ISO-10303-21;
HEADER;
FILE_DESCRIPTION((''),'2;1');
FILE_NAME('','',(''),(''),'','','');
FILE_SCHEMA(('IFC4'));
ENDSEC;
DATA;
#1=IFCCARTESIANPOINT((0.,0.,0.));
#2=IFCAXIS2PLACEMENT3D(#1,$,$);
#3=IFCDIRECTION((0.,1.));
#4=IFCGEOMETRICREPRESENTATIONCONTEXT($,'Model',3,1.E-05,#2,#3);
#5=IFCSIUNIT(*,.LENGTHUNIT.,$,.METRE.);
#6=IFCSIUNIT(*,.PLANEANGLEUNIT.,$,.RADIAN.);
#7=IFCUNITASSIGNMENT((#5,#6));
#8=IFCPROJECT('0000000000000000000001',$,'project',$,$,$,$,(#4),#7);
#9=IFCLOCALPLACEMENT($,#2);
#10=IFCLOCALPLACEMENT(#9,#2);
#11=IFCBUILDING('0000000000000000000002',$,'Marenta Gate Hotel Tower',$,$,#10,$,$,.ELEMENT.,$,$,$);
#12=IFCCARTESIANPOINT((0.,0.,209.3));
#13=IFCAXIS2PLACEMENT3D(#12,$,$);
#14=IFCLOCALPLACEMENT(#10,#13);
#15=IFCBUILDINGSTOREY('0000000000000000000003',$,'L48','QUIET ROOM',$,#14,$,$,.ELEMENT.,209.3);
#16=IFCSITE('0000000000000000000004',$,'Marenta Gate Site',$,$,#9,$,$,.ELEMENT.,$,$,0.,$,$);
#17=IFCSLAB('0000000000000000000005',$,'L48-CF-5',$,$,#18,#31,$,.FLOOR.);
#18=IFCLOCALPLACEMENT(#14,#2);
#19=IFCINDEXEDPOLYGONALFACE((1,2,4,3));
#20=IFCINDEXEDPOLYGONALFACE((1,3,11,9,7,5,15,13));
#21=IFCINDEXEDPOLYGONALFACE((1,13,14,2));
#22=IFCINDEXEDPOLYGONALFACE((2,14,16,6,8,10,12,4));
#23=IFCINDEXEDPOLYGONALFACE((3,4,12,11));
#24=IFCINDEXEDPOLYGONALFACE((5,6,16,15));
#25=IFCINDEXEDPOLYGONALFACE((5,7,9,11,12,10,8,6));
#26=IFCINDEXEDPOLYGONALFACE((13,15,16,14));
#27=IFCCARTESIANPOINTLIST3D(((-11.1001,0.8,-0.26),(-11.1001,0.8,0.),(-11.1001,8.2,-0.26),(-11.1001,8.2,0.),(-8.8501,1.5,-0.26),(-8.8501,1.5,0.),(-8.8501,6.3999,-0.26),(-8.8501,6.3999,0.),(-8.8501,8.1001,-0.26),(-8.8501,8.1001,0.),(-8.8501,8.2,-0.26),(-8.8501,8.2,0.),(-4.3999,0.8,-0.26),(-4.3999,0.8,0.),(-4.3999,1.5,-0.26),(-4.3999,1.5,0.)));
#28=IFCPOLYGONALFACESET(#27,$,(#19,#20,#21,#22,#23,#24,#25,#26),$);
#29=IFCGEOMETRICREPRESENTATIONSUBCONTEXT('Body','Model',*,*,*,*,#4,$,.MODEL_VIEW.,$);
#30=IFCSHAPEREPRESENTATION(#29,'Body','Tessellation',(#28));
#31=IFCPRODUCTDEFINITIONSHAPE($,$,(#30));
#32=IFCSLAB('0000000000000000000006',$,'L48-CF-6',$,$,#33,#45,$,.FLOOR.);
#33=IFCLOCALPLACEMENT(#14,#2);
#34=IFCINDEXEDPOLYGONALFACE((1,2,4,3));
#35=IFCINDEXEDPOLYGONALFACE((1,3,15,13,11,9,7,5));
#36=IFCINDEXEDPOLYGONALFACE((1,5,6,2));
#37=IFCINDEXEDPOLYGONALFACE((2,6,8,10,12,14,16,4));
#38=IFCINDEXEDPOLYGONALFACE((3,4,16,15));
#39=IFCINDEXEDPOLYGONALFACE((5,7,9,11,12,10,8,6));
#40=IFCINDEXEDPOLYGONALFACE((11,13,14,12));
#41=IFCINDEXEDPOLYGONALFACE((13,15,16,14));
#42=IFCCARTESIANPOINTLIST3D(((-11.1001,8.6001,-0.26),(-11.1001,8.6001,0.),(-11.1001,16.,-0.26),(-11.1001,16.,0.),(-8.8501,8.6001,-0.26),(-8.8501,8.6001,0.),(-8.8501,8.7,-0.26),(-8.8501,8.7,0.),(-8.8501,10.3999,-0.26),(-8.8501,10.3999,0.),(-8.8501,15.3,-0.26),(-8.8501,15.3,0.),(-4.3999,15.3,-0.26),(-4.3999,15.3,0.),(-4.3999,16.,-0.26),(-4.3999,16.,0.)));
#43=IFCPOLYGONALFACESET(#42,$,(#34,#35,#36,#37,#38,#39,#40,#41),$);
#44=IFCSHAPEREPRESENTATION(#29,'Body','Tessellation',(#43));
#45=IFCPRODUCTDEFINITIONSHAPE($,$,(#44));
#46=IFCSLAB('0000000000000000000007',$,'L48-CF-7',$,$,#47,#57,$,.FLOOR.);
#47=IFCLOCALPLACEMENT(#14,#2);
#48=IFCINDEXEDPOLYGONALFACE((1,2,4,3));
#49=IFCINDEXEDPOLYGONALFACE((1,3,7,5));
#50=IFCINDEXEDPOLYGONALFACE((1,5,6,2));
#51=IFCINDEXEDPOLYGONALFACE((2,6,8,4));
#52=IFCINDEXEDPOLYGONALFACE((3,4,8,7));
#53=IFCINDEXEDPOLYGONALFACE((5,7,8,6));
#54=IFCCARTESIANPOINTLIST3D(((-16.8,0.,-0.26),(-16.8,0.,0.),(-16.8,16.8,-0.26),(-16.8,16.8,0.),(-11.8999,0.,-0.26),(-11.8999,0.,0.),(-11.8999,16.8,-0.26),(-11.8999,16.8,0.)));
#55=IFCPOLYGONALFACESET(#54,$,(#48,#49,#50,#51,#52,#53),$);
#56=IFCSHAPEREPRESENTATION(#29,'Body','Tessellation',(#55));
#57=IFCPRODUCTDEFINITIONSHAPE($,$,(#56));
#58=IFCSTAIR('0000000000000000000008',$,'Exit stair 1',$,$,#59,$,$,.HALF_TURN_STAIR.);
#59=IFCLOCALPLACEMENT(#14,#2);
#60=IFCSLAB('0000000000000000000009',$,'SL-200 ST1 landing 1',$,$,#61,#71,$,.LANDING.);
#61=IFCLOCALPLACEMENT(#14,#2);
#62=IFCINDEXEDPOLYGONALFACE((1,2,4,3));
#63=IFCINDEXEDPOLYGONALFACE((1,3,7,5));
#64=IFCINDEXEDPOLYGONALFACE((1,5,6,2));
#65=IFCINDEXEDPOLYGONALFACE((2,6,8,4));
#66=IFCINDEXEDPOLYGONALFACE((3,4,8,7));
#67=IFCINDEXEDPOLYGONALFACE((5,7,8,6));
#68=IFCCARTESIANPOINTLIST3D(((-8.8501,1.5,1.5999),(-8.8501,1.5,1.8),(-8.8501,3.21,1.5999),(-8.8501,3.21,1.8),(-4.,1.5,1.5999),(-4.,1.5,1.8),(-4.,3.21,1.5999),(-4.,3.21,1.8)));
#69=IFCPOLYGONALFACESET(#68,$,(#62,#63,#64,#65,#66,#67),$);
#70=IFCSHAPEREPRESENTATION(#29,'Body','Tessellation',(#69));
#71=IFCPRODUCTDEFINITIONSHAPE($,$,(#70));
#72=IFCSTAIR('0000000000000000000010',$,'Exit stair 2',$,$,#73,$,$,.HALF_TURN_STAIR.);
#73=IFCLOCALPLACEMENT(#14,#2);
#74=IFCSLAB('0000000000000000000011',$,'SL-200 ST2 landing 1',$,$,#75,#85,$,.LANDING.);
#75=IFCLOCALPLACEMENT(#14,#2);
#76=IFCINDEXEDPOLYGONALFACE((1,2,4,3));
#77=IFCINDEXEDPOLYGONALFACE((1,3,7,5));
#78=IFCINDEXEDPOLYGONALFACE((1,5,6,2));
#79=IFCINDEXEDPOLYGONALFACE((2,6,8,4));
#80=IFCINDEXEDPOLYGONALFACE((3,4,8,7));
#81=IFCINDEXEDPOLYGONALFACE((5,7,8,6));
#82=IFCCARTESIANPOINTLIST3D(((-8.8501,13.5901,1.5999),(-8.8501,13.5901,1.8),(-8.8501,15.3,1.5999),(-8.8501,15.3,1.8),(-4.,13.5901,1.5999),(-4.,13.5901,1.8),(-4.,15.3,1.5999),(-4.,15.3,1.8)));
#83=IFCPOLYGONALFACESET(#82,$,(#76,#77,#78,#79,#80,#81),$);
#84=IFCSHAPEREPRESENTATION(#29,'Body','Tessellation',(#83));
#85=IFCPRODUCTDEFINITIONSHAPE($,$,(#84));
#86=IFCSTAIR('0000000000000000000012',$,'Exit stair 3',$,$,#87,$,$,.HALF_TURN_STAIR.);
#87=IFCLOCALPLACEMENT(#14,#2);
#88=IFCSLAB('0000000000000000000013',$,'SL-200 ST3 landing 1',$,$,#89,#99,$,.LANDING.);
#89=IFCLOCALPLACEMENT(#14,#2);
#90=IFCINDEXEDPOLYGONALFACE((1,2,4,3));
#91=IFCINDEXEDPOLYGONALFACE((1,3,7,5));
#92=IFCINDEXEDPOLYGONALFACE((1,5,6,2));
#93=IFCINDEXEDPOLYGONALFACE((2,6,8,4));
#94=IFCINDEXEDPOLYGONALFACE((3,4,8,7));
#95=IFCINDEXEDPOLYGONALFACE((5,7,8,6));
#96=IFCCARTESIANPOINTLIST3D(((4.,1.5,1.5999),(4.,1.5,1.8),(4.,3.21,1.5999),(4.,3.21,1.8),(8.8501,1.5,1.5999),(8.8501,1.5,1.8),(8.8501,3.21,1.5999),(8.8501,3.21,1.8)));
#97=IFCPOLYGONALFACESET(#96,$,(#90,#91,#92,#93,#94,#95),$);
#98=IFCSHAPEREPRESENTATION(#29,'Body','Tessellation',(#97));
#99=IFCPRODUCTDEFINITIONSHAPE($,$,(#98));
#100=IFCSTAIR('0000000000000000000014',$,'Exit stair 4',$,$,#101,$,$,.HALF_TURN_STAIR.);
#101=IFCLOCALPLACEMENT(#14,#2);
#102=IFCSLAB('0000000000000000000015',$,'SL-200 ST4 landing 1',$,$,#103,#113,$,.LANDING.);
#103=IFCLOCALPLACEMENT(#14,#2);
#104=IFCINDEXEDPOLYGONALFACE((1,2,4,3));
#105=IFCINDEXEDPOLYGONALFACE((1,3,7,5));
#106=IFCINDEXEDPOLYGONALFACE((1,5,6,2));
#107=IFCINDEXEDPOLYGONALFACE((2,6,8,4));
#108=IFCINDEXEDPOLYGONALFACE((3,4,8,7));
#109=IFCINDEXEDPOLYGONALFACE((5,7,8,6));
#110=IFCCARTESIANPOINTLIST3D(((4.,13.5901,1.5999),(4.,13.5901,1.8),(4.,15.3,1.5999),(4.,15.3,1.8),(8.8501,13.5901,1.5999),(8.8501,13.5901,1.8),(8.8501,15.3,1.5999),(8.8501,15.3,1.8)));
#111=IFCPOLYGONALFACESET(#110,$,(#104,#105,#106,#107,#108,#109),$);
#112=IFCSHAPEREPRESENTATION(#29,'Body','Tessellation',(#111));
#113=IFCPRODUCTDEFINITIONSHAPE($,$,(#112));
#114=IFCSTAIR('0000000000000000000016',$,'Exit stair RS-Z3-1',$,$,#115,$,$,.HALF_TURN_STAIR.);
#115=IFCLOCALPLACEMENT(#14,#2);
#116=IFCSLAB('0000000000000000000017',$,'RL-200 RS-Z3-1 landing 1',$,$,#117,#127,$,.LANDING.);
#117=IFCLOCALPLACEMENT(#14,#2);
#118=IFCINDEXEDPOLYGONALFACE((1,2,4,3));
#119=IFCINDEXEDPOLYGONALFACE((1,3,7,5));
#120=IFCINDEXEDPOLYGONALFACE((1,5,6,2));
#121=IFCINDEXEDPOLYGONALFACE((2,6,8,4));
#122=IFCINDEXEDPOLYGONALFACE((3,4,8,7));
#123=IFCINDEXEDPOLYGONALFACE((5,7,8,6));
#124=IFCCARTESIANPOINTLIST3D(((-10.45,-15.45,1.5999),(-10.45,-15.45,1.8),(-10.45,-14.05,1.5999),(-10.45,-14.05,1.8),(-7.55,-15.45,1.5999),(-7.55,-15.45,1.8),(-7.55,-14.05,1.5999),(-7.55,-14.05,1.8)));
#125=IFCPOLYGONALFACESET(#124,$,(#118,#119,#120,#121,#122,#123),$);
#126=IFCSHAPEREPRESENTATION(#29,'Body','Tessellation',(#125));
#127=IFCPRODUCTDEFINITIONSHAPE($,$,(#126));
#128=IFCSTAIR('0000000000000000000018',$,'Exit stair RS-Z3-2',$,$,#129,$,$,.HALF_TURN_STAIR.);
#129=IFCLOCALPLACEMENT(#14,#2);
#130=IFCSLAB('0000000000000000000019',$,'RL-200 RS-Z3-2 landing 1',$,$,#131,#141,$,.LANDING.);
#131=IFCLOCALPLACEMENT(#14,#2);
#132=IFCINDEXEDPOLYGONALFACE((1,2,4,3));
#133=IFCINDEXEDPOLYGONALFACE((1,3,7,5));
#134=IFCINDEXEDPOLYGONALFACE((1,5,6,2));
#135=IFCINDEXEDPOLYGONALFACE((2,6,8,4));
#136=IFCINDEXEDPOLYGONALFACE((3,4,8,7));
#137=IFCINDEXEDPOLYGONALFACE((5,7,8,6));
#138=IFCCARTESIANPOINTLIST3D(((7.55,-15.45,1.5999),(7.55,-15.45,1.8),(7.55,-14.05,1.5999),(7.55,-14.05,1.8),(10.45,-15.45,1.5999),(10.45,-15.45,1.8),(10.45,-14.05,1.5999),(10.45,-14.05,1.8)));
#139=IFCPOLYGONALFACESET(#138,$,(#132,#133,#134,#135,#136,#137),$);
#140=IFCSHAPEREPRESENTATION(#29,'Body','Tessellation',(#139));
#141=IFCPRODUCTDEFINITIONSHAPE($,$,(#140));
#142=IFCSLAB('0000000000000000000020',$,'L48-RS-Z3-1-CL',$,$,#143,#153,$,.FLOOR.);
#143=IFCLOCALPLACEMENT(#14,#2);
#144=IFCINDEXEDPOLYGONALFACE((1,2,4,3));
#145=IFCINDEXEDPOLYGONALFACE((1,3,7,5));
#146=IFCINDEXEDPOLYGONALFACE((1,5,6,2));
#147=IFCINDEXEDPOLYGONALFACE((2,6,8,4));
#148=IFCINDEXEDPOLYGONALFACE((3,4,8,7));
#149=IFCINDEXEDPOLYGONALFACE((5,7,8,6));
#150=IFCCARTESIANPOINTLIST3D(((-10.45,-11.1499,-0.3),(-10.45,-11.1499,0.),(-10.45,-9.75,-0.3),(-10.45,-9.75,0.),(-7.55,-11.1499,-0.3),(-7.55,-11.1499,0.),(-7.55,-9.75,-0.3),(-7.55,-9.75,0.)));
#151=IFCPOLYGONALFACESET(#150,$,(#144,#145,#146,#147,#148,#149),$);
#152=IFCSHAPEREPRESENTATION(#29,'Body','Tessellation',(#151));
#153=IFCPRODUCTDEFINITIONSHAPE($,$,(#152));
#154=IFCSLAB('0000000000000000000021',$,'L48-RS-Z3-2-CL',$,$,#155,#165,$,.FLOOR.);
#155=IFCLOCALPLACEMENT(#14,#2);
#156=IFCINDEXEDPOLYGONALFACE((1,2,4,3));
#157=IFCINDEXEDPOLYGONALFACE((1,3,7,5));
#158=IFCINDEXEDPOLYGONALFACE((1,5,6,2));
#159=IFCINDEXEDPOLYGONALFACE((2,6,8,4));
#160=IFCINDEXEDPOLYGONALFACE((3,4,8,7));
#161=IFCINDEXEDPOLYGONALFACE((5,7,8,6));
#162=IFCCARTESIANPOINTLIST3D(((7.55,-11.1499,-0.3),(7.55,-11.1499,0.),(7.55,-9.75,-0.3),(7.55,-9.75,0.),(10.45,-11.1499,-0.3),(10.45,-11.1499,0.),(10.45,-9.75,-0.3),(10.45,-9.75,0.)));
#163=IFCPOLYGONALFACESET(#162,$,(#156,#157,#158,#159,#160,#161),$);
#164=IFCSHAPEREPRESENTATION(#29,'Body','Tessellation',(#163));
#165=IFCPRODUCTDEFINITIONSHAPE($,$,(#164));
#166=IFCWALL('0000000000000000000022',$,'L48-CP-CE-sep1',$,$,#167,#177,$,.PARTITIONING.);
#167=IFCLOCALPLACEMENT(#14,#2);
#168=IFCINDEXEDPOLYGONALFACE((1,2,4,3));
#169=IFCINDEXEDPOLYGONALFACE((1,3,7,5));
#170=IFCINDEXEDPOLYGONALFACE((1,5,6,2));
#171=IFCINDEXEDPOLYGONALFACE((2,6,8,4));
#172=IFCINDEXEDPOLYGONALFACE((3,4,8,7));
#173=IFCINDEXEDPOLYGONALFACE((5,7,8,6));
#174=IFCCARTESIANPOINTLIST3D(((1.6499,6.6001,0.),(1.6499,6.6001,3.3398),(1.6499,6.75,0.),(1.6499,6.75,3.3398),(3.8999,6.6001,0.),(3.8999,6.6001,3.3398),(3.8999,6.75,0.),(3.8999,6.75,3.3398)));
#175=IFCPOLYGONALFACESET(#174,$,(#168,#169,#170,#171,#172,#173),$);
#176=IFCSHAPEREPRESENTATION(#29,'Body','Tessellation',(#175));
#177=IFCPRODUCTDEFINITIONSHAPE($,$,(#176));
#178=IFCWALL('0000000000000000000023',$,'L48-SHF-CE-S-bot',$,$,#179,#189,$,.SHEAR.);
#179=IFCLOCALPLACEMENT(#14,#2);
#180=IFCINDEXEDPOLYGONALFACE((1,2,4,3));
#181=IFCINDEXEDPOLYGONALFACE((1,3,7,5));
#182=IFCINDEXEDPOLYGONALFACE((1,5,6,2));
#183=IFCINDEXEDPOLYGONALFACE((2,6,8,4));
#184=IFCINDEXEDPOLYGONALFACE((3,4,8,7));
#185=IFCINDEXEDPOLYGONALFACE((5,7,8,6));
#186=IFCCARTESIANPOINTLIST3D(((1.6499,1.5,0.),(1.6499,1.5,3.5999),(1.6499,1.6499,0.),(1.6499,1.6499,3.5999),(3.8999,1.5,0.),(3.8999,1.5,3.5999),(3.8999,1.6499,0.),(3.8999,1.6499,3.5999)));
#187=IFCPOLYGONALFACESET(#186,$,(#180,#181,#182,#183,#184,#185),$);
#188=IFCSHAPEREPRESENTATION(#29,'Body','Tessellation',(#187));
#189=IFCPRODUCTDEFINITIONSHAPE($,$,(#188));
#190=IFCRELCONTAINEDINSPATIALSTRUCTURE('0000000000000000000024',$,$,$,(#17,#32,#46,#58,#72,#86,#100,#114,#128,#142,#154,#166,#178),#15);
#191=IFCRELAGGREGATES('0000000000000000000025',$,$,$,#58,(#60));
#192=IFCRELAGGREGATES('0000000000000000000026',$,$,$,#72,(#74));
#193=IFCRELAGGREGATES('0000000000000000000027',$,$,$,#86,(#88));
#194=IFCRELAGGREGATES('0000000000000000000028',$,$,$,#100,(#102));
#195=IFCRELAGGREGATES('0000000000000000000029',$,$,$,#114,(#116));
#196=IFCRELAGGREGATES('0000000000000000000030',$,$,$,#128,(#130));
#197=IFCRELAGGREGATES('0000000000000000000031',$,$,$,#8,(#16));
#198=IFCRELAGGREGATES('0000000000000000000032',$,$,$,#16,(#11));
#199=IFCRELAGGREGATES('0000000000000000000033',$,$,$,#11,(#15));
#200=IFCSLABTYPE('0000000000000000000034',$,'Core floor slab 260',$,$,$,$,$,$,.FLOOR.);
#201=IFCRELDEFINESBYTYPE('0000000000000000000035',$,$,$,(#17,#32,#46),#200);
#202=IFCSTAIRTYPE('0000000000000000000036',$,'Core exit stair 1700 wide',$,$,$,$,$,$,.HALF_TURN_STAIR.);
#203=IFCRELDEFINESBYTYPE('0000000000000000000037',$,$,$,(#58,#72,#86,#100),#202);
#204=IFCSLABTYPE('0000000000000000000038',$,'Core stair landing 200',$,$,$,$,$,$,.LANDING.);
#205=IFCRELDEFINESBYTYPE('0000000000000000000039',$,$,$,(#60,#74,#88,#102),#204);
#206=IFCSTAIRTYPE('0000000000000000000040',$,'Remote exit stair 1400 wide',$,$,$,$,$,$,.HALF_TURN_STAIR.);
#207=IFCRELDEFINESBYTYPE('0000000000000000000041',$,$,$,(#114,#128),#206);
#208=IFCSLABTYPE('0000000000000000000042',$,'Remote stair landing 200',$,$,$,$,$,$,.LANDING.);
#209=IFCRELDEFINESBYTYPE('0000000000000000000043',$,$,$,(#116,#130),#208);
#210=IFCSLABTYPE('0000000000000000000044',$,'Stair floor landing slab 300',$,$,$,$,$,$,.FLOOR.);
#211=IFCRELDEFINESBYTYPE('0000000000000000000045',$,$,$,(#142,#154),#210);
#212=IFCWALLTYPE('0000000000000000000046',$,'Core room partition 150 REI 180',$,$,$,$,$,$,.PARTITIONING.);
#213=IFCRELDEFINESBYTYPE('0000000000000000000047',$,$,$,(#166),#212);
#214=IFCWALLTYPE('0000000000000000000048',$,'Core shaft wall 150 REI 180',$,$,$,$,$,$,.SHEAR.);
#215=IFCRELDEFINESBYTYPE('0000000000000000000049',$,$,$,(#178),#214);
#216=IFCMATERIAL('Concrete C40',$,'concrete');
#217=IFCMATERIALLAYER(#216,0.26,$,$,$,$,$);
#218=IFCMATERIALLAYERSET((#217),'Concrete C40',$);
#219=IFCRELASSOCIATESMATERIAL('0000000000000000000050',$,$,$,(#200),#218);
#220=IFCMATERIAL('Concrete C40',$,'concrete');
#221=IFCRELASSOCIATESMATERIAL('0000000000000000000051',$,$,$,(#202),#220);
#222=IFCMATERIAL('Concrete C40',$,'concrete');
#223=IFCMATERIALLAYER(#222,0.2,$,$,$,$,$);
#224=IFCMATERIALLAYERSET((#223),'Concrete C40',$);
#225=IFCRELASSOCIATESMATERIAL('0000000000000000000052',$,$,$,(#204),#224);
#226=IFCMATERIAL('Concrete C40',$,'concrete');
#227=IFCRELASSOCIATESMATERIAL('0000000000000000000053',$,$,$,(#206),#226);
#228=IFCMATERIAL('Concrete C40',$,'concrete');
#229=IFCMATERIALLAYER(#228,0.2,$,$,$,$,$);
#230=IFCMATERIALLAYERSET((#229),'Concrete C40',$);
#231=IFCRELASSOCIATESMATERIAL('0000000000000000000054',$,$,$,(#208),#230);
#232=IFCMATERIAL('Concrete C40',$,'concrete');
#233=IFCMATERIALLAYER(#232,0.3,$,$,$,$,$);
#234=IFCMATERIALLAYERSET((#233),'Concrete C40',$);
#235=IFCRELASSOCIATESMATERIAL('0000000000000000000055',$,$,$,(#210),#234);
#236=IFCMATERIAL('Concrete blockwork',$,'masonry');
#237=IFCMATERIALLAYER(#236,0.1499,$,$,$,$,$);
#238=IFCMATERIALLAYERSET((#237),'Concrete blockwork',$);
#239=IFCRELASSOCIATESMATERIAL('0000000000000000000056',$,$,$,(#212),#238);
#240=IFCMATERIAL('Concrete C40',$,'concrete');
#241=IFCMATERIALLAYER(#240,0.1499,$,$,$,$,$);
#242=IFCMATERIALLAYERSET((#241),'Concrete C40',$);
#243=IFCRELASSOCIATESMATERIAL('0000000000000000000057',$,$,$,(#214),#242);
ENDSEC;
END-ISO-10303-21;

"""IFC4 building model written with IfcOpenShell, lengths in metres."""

from ifc_helpers import new_model, si_unit, direction, frame, frame_2d, origin, place, context, subcontext, project, spatial, polyline, rectangle, outline, extrude, material, layer, layer_set, type_object, element, aggregate, save


model = new_model("IFC4")

# Units and contexts
model_context = context("Model", 3, precision=1e-05, world=origin(), true_north=direction((0.0, 1.0)))
body_context = subcontext(model_context, "Body", "Model", "MODEL_VIEW")
ifc_project = project(units=[si_unit("LENGTHUNIT", "METRE"), si_unit("PLANEANGLEUNIT", "RADIAN")], contexts=[model_context])

# Site, building, storey
site_placement = place(None, origin())
site = spatial("IfcSite", under=ifc_project, at=site_placement, Name="Marenta Gate Site", CompositionType="ELEMENT", RefElevation=0.0)
building_placement = place(site_placement, origin())
building = spatial("IfcBuilding", under=site, at=building_placement, Name="Marenta Gate Hotel Tower", CompositionType="ELEMENT")
storey_placement = place(building_placement, frame((0.0, 0.0, 209.3)))
storey = spatial("IfcBuildingStorey", under=building, at=storey_placement, Name="L48", Description="QUIET ROOM", CompositionType="ELEMENT", Elevation=209.3)

# Slabs
ifc_material_1 = material(Name="Concrete C40", Category="concrete")
ifc_layer_1 = layer(ifc_material_1, 0.26)
ifc_layer_set_1 = layer_set([ifc_layer_1], Name="Concrete C40")
slab_type_1 = type_object("IfcSlabType", Name="Core floor slab 260", PredefinedType="FLOOR", material=ifc_layer_set_1)
slab_1_placement = place(storey_placement, frame((0.0, 0.0, -0.26)))
element("IfcSlab", 1, at=slab_1_placement, inside=storey, type_object=slab_type_1, Name="L48-CF-5", PredefinedType="FLOOR", context=body_context, shape_type="SweptSolid", body=[
    extrude(outline(polyline([(-8.8501, 8.2), (-8.8501, 8.1001), (-8.8501, 6.3999), (-8.8501, 1.5), (-4.3999, 1.5), (-4.3999, 0.8), (-11.1001, 0.8), (-11.1001, 8.2), (-8.8501, 8.2)])), origin(), (0.0, 0.0, 1.0), 0.26),
])
slab_2_placement = place(storey_placement, frame((0.0, 0.0, -0.26)))
element("IfcSlab", 2, at=slab_2_placement, inside=storey, type_object=slab_type_1, Name="L48-CF-6", PredefinedType="FLOOR", context=body_context, shape_type="SweptSolid", body=[
    extrude(outline(polyline([(-4.3999, 15.3), (-8.8501, 15.3), (-8.8501, 10.3999), (-8.8501, 8.7), (-8.8501, 8.6001), (-11.1001, 8.6001), (-11.1001, 16.0), (-4.3999, 16.0), (-4.3999, 15.3)])), origin(), (0.0, 0.0, 1.0), 0.26),
])
slab_3_placement = place(storey_placement, frame((0.0, 0.0, -0.26)))
element("IfcSlab", 3, at=slab_3_placement, inside=storey, type_object=slab_type_1, Name="L48-CF-7", PredefinedType="FLOOR", context=body_context, shape_type="SweptSolid", body=[
    extrude(outline(polyline([(-11.8999, 16.8), (-11.8999, 0.0), (-16.8, 0.0), (-16.8, 16.8), (-11.8999, 16.8)])), origin(), (0.0, 0.0, 1.0), 0.26),
])

# Stairs, slabs
ifc_material_2 = material(Name="Concrete C40", Category="concrete")
stair_type_1 = type_object("IfcStairType", Name="Core exit stair 1700 wide", PredefinedType="HALF_TURN_STAIR", material=ifc_material_2)
stair_1_placement = place(storey_placement, origin())
stair_1 = element("IfcStair", 4, at=stair_1_placement, inside=storey, type_object=stair_type_1, Name="Exit stair 1", PredefinedType="HALF_TURN_STAIR")
ifc_material_3 = material(Name="Concrete C40", Category="concrete")
ifc_layer_2 = layer(ifc_material_3, 0.2)
ifc_layer_set_2 = layer_set([ifc_layer_2], Name="Concrete C40")
slab_type_2 = type_object("IfcSlabType", Name="Core stair landing 200", PredefinedType="LANDING", material=ifc_layer_set_2)
slab_4_placement = place(storey_placement, frame((0.0, 0.0, 1.5999)))
slab_4 = element("IfcSlab", 5, at=slab_4_placement, type_object=slab_type_2, Name="SL-200 ST1 landing 1", PredefinedType="LANDING", context=body_context, shape_type="SweptSolid", body=[
    extrude(outline(polyline([(-8.8501, 1.5), (-4.0, 1.5), (-4.0, 3.21), (-8.8501, 3.21), (-8.8501, 1.5)])), origin(), (0.0, 0.0, 1.0), 0.2002),
])
aggregate(stair_1, [slab_4])
stair_2_placement = place(storey_placement, origin())
stair_2 = element("IfcStair", 6, at=stair_2_placement, inside=storey, type_object=stair_type_1, Name="Exit stair 2", PredefinedType="HALF_TURN_STAIR")
slab_5_placement = place(storey_placement, frame((0.0, 0.0, 1.5999)))
slab_5 = element("IfcSlab", 7, at=slab_5_placement, type_object=slab_type_2, Name="SL-200 ST2 landing 1", PredefinedType="LANDING", context=body_context, shape_type="SweptSolid", body=[
    extrude(outline(polyline([(-8.8501, 13.5901), (-4.0, 13.5901), (-4.0, 15.3), (-8.8501, 15.3), (-8.8501, 13.5901)])), origin(), (0.0, 0.0, 1.0), 0.2002),
])
aggregate(stair_2, [slab_5])
stair_3_placement = place(storey_placement, origin())
stair_3 = element("IfcStair", 8, at=stair_3_placement, inside=storey, type_object=stair_type_1, Name="Exit stair 3", PredefinedType="HALF_TURN_STAIR")
slab_6_placement = place(storey_placement, frame((0.0, 0.0, 1.5999)))
slab_6 = element("IfcSlab", 9, at=slab_6_placement, type_object=slab_type_2, Name="SL-200 ST3 landing 1", PredefinedType="LANDING", context=body_context, shape_type="SweptSolid", body=[
    extrude(outline(polyline([(4.0, 1.5), (8.8501, 1.5), (8.8501, 3.21), (4.0, 3.21), (4.0, 1.5)])), origin(), (0.0, 0.0, 1.0), 0.2002),
])
aggregate(stair_3, [slab_6])
stair_4_placement = place(storey_placement, origin())
stair_4 = element("IfcStair", 10, at=stair_4_placement, inside=storey, type_object=stair_type_1, Name="Exit stair 4", PredefinedType="HALF_TURN_STAIR")
slab_7_placement = place(storey_placement, frame((0.0, 0.0, 1.5999)))
slab_7 = element("IfcSlab", 11, at=slab_7_placement, type_object=slab_type_2, Name="SL-200 ST4 landing 1", PredefinedType="LANDING", context=body_context, shape_type="SweptSolid", body=[
    extrude(outline(polyline([(4.0, 13.5901), (8.8501, 13.5901), (8.8501, 15.3), (4.0, 15.3), (4.0, 13.5901)])), origin(), (0.0, 0.0, 1.0), 0.2002),
])
aggregate(stair_4, [slab_7])
ifc_material_4 = material(Name="Concrete C40", Category="concrete")
stair_type_2 = type_object("IfcStairType", Name="Remote exit stair 1400 wide", PredefinedType="HALF_TURN_STAIR", material=ifc_material_4)
stair_5_placement = place(storey_placement, origin())
stair_5 = element("IfcStair", 12, at=stair_5_placement, inside=storey, type_object=stair_type_2, Name="Exit stair RS-Z3-1", PredefinedType="HALF_TURN_STAIR")
ifc_material_5 = material(Name="Concrete C40", Category="concrete")
ifc_layer_3 = layer(ifc_material_5, 0.2)
ifc_layer_set_3 = layer_set([ifc_layer_3], Name="Concrete C40")
slab_type_3 = type_object("IfcSlabType", Name="Remote stair landing 200", PredefinedType="LANDING", material=ifc_layer_set_3)
slab_8_placement = place(storey_placement, frame((0.0, 0.0, 1.5999)))
slab_8 = element("IfcSlab", 13, at=slab_8_placement, type_object=slab_type_3, Name="RL-200 RS-Z3-1 landing 1", PredefinedType="LANDING", context=body_context, shape_type="SweptSolid", body=[
    extrude(outline(polyline([(-10.45, -15.45), (-7.55, -15.45), (-7.55, -14.05), (-10.45, -14.05), (-10.45, -15.45)])), origin(), (0.0, 0.0, 1.0), 0.2002),
])
aggregate(stair_5, [slab_8])
stair_6_placement = place(storey_placement, origin())
stair_6 = element("IfcStair", 14, at=stair_6_placement, inside=storey, type_object=stair_type_2, Name="Exit stair RS-Z3-2", PredefinedType="HALF_TURN_STAIR")
slab_9_placement = place(storey_placement, frame((0.0, 0.0, 1.5999)))
slab_9 = element("IfcSlab", 15, at=slab_9_placement, type_object=slab_type_3, Name="RL-200 RS-Z3-2 landing 1", PredefinedType="LANDING", context=body_context, shape_type="SweptSolid", body=[
    extrude(outline(polyline([(7.55, -15.45), (10.45, -15.45), (10.45, -14.05), (7.55, -14.05), (7.55, -15.45)])), origin(), (0.0, 0.0, 1.0), 0.2002),
])
aggregate(stair_6, [slab_9])

# Slabs
ifc_material_6 = material(Name="Concrete C40", Category="concrete")
ifc_layer_4 = layer(ifc_material_6, 0.3)
ifc_layer_set_4 = layer_set([ifc_layer_4], Name="Concrete C40")
slab_type_4 = type_object("IfcSlabType", Name="Stair floor landing slab 300", PredefinedType="FLOOR", material=ifc_layer_set_4)
slab_10_placement = place(storey_placement, frame((0.0, 0.0, -0.3)))
element("IfcSlab", 16, at=slab_10_placement, inside=storey, type_object=slab_type_4, Name="L48-RS-Z3-1-CL", PredefinedType="FLOOR", context=body_context, shape_type="SweptSolid", body=[
    extrude(outline(polyline([(-7.55, -11.1499), (-7.55, -9.75), (-10.45, -9.75), (-10.45, -11.1499), (-7.55, -11.1499)])), origin(), (0.0, 0.0, 1.0), 0.3),
])
slab_11_placement = place(storey_placement, frame((0.0, 0.0, -0.3)))
element("IfcSlab", 17, at=slab_11_placement, inside=storey, type_object=slab_type_4, Name="L48-RS-Z3-2-CL", PredefinedType="FLOOR", context=body_context, shape_type="SweptSolid", body=[
    extrude(outline(polyline([(10.45, -11.1499), (10.45, -9.75), (7.55, -9.75), (7.55, -11.1499), (10.45, -11.1499)])), origin(), (0.0, 0.0, 1.0), 0.3),
])

# Walls
ifc_material_7 = material(Name="Concrete blockwork", Category="masonry")
ifc_layer_5 = layer(ifc_material_7, 0.1499)
ifc_layer_set_5 = layer_set([ifc_layer_5], Name="Concrete blockwork")
wall_type_1 = type_object("IfcWallType", Name="Core room partition 150 REI 180", PredefinedType="PARTITIONING", material=ifc_layer_set_5)
wall_1_placement = place(storey_placement, frame((1.6499, 6.675, 0.0), z_axis=(0.0, 0.0, 1.0), x_axis=(1.0, 0.0, 0.0)))
element("IfcWall", 18, at=wall_1_placement, inside=storey, type_object=wall_type_1, Name="L48-CP-CE-sep1", PredefinedType="PARTITIONING", context=body_context, shape_type="SweptSolid", body=[
    extrude(rectangle(XDim=2.25, YDim=0.1499, at=frame_2d((1.125, 0.0))), origin(), (0.0, 0.0, 1.0), 3.3398),
])
ifc_material_8 = material(Name="Concrete C40", Category="concrete")
ifc_layer_6 = layer(ifc_material_8, 0.1499)
ifc_layer_set_6 = layer_set([ifc_layer_6], Name="Concrete C40")
wall_type_2 = type_object("IfcWallType", Name="Core shaft wall 150 REI 180", PredefinedType="SHEAR", material=ifc_layer_set_6)
wall_2_placement = place(storey_placement, frame((1.6499, 1.575, 0.0), z_axis=(0.0, 0.0, 1.0), x_axis=(1.0, 0.0, 0.0)))
element("IfcWall", 19, at=wall_2_placement, inside=storey, type_object=wall_type_2, Name="L48-SHF-CE-S-bot", PredefinedType="SHEAR", context=body_context, shape_type="SweptSolid", body=[
    extrude(rectangle(XDim=2.25, YDim=0.1499, at=frame_2d((1.125, 0.0))), origin(), (0.0, 0.0, 1.0), 3.5999),
])

save(model, "model.ifc")
